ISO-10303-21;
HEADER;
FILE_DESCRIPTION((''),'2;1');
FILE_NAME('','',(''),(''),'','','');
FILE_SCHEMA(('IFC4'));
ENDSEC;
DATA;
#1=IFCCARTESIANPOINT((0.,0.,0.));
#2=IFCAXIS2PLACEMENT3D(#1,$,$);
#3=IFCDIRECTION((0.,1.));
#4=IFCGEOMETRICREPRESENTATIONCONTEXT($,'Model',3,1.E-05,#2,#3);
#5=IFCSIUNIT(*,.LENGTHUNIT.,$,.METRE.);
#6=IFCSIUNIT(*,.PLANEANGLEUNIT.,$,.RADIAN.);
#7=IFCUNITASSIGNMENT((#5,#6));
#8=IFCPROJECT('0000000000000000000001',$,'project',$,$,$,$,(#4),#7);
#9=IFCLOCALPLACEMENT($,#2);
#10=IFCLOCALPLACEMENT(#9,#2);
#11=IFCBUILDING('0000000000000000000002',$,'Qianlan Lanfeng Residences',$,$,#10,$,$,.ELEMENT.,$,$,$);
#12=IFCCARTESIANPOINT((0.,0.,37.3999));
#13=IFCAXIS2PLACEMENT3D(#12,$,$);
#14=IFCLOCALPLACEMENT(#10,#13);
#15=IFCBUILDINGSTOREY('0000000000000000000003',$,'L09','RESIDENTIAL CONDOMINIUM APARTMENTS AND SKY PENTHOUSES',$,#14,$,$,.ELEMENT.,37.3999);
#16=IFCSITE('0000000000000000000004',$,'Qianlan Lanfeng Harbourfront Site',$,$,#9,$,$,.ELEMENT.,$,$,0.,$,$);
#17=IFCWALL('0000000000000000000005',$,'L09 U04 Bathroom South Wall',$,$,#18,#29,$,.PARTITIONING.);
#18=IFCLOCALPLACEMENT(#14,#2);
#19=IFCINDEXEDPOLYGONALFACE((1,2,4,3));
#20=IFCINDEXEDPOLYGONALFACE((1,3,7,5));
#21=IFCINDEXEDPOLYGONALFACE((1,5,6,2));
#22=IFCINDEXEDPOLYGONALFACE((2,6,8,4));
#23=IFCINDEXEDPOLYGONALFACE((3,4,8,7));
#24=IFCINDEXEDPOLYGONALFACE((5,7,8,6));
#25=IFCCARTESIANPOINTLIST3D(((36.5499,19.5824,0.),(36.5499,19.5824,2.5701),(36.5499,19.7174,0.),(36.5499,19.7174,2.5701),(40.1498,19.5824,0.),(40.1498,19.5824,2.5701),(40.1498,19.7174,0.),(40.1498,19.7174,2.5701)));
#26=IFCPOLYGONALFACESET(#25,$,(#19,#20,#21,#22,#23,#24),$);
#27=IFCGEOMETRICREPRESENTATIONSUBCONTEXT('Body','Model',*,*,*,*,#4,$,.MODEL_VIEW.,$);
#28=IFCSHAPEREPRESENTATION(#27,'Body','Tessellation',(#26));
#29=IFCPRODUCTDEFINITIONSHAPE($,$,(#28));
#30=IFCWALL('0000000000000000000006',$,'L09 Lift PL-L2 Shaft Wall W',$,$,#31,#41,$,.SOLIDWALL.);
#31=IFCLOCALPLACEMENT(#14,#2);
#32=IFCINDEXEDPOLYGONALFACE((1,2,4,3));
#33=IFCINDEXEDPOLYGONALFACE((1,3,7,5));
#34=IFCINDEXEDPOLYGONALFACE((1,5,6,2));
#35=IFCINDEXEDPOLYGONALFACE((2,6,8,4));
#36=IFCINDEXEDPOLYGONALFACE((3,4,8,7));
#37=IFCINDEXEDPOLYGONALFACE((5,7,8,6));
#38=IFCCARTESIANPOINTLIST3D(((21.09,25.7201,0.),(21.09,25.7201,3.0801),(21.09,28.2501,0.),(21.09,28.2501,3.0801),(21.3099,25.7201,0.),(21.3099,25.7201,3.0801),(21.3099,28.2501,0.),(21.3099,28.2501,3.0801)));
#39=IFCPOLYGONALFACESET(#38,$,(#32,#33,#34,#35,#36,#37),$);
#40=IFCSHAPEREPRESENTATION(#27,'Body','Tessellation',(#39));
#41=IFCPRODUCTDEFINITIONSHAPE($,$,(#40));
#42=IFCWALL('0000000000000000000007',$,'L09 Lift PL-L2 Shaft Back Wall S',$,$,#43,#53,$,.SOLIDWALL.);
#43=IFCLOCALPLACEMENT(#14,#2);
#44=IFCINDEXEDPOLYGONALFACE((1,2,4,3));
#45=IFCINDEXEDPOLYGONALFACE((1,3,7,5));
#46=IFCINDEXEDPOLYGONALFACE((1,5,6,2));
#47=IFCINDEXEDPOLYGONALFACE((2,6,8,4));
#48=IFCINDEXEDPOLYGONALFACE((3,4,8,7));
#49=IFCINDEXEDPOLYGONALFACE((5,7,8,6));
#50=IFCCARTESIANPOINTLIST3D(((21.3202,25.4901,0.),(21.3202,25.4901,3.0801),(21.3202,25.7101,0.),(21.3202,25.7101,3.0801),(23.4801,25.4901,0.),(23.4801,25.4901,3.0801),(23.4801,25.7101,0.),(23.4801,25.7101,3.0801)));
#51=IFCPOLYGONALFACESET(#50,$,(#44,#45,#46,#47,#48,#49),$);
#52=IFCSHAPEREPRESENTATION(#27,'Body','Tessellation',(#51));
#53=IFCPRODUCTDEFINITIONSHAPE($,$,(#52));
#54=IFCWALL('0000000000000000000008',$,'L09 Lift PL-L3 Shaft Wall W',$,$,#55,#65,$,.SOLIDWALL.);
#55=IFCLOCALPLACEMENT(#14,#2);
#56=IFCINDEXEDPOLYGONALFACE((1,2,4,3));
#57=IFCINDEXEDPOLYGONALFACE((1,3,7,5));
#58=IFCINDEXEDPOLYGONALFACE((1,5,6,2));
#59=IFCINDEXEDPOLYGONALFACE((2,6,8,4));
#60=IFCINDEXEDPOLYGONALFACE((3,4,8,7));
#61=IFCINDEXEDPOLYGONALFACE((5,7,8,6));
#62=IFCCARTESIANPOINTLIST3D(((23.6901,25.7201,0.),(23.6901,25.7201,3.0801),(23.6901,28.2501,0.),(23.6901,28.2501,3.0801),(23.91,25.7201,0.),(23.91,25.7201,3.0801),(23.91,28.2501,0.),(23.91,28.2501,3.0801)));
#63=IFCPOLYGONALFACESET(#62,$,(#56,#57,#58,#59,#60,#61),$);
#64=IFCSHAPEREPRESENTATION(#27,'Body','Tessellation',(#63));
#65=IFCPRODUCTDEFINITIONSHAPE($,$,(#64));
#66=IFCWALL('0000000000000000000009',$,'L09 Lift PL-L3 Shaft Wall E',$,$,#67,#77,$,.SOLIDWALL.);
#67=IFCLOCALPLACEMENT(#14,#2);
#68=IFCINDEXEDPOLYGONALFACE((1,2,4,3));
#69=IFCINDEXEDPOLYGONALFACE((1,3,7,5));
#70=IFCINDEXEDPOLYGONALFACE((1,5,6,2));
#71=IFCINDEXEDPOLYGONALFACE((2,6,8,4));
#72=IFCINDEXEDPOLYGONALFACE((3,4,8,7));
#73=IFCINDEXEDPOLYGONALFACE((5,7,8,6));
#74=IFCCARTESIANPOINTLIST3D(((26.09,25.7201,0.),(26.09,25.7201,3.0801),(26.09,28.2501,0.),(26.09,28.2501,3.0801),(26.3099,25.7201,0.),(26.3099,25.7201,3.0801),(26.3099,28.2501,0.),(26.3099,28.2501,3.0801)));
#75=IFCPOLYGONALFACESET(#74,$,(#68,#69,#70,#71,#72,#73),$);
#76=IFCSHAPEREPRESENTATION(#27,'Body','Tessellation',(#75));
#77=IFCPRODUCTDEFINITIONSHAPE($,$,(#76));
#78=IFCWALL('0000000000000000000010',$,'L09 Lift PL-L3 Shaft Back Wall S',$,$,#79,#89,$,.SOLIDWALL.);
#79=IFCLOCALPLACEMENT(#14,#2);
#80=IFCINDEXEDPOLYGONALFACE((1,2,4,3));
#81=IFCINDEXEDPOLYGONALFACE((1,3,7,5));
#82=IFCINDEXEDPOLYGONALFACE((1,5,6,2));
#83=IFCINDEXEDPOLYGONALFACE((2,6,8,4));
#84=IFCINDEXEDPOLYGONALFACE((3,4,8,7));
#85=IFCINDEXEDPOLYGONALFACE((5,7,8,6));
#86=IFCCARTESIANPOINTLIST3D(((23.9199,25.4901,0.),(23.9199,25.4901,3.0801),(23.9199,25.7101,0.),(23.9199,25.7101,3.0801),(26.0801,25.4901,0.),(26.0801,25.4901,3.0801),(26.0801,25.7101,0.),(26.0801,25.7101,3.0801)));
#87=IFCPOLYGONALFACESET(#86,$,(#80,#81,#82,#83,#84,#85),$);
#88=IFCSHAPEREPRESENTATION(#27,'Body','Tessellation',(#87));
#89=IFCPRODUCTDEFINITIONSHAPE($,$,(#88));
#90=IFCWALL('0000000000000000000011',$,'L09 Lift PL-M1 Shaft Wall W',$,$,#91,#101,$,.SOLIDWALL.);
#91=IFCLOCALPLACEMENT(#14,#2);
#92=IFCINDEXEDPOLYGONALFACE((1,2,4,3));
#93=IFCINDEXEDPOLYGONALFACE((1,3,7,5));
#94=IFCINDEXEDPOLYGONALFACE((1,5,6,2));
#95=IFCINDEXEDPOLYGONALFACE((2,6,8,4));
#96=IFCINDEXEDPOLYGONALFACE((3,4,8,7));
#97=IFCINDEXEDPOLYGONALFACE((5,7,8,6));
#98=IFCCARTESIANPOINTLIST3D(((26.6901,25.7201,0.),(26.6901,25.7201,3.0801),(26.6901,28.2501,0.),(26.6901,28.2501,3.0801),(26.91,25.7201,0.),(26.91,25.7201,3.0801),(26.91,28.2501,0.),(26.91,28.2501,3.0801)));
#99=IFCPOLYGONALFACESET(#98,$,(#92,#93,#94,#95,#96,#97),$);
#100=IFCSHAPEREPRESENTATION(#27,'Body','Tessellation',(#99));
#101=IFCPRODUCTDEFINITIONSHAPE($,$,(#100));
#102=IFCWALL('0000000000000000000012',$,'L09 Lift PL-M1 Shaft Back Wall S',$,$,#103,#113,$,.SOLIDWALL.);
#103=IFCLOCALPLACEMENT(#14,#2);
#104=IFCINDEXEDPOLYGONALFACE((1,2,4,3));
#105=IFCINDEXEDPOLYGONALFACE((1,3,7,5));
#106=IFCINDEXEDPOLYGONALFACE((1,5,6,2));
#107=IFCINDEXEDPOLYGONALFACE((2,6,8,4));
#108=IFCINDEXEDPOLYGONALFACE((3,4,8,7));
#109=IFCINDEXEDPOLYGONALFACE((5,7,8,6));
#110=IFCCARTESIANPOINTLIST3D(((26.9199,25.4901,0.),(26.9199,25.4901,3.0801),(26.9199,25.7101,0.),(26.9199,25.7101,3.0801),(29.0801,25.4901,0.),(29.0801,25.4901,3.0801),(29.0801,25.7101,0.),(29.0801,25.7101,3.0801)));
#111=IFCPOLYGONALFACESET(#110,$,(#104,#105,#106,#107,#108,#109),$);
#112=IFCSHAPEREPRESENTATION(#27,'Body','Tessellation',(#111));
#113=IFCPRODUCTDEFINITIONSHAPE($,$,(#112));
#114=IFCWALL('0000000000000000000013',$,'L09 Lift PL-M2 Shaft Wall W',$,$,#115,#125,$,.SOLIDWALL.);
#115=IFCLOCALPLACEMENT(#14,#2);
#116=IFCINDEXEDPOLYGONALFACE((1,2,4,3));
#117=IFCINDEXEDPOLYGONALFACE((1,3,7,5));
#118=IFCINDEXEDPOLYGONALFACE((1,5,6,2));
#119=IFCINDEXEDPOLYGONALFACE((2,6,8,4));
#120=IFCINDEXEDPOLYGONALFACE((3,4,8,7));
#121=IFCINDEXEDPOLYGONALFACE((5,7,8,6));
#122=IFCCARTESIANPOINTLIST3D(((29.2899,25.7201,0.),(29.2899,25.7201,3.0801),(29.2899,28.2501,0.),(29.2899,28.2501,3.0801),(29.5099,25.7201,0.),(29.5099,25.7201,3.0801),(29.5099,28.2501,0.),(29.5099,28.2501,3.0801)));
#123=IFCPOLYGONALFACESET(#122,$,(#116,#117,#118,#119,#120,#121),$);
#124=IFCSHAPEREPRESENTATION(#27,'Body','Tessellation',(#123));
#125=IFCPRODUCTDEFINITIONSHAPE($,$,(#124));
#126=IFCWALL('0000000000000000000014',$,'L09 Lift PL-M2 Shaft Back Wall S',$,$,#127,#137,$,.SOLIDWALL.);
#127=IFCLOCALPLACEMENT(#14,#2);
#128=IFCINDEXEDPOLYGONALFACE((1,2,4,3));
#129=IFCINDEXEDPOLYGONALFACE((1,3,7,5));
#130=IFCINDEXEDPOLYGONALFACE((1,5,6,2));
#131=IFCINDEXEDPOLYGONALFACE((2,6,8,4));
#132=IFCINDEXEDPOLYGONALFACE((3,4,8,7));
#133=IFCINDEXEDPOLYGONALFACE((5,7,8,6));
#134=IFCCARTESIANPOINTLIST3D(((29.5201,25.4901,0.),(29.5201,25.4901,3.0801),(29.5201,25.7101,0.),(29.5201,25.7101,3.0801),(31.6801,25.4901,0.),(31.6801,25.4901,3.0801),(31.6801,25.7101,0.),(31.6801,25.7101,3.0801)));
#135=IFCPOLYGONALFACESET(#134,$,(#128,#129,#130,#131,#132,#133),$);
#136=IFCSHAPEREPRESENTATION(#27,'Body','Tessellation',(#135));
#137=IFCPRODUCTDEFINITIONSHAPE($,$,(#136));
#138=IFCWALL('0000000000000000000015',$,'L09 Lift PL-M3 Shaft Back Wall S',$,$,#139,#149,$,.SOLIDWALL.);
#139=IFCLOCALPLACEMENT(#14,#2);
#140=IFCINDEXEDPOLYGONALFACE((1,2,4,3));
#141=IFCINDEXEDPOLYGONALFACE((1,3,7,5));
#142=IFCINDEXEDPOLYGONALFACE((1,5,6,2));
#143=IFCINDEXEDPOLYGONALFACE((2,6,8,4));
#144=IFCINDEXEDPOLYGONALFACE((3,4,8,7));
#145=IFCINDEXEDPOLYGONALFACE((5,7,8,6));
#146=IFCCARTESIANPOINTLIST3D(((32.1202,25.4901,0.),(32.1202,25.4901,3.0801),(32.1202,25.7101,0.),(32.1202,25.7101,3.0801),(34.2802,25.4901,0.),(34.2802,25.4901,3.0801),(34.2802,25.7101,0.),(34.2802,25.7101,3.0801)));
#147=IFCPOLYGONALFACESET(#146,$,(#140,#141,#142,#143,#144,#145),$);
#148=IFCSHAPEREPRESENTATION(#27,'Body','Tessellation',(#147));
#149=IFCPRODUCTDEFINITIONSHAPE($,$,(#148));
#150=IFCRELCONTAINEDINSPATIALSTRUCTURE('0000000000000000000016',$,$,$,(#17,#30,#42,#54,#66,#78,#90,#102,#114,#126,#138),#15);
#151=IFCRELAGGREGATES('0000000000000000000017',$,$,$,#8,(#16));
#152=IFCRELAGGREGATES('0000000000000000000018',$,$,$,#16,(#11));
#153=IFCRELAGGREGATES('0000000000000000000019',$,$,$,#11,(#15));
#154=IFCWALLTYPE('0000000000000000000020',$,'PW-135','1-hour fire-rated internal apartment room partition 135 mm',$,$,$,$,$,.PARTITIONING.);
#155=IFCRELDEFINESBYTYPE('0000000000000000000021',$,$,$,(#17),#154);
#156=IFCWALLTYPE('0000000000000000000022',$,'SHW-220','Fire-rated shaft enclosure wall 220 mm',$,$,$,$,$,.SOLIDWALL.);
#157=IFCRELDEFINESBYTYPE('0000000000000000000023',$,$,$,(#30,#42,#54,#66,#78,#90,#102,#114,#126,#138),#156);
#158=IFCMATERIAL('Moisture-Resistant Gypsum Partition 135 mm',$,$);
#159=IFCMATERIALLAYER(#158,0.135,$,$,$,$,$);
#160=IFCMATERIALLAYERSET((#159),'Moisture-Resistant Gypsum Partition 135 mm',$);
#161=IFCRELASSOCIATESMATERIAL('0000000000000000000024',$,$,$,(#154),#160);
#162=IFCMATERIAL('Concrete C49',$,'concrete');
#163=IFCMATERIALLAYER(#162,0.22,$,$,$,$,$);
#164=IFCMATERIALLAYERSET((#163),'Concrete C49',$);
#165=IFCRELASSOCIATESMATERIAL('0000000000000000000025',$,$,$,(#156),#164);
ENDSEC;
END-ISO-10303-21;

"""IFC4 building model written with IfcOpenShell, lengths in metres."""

from ifc_helpers import new_model, si_unit, direction, frame, frame_2d, origin, place, context, subcontext, project, spatial, rectangle, extrude, material, layer, layer_set, type_object, element, save


model = new_model("IFC4")

# Units and contexts
model_context = context("Model", 3, precision=1e-05, world=origin(), true_north=direction((0.0, 1.0)))
body_context = subcontext(model_context, "Body", "Model", "MODEL_VIEW")
ifc_project = project(units=[si_unit("LENGTHUNIT", "METRE"), si_unit("PLANEANGLEUNIT", "RADIAN")], contexts=[model_context])

# Site, building, storey
site_placement = place(None, origin())
site = spatial("IfcSite", under=ifc_project, at=site_placement, Name="Qianlan Lanfeng Harbourfront Site", CompositionType="ELEMENT", RefElevation=0.0)
building_placement = place(site_placement, origin())
building = spatial("IfcBuilding", under=site, at=building_placement, Name="Qianlan Lanfeng Residences", CompositionType="ELEMENT")
storey_placement = place(building_placement, frame((0.0, 0.0, 37.3999)))
storey = spatial("IfcBuildingStorey", under=building, at=storey_placement, Name="L09", Description="RESIDENTIAL CONDOMINIUM APARTMENTS AND SKY PENTHOUSES", CompositionType="ELEMENT", Elevation=37.3999)

# Wall
ifc_material_1 = material(Name="Moisture-Resistant Gypsum Partition 135 mm")
ifc_layer_1 = layer(ifc_material_1, 0.135)
ifc_layer_set_1 = layer_set([ifc_layer_1], Name="Moisture-Resistant Gypsum Partition 135 mm")
wall_type_1 = type_object("IfcWallType", Name="PW-135", Description="1-hour fire-rated internal apartment room partition 135 mm", PredefinedType="PARTITIONING", material=ifc_layer_set_1)
for number, where, z_axis, x_axis, name in (
    (1, (36.55, 19.6499, 0.0), (0.0, 0.0, 1.0), (1.0, 0.0, 0.0), "L09 U04 Bathroom South Wall"),
):
    element("IfcWall", number, at=place(storey_placement, frame(where, z_axis=z_axis, x_axis=x_axis)), inside=storey, type_object=wall_type_1, Name=name, PredefinedType="PARTITIONING", context=body_context, shape_type="SweptSolid", body=[
        extrude(rectangle(XDim=3.5999, YDim=0.135, at=frame_2d((1.7998, 0.0))), origin(), (0.0, 0.0, 1.0), 2.5701),
    ])

# Walls
ifc_material_2 = material(Name="Concrete C49", Category="concrete")
ifc_layer_2 = layer(ifc_material_2, 0.22)
ifc_layer_set_2 = layer_set([ifc_layer_2], Name="Concrete C49")
wall_type_2 = type_object("IfcWallType", Name="SHW-220", Description="Fire-rated shaft enclosure wall 220 mm", PredefinedType="SOLIDWALL", material=ifc_layer_set_2)
wall_1_placement = place(storey_placement, frame((21.2, 25.72, 0.0), z_axis=(0.0, 0.0, 1.0), x_axis=(0.0, 1.0, 0.0)))
element("IfcWall", 2, at=wall_1_placement, inside=storey, type_object=wall_type_2, Name="L09 Lift PL-L2 Shaft Wall W", PredefinedType="SOLIDWALL", context=body_context, shape_type="SweptSolid", body=[
    extrude(rectangle(XDim=2.53, YDim=0.22, at=frame_2d((1.2651, 0.0))), origin(), (0.0, 0.0, 1.0), 3.0801),
])
wall_2_placement = place(storey_placement, frame((21.3201, 25.6001, 0.0), z_axis=(0.0, 0.0, 1.0), x_axis=(1.0, 0.0, 0.0)))
element("IfcWall", 3, at=wall_2_placement, inside=storey, type_object=wall_type_2, Name="L09 Lift PL-L2 Shaft Back Wall S", PredefinedType="SOLIDWALL", context=body_context, shape_type="SweptSolid", body=[
    extrude(rectangle(XDim=2.1599, YDim=0.22, at=frame_2d((1.0801, 0.0))), origin(), (0.0, 0.0, 1.0), 3.0801),
])
for number, where, z_axis, x_axis, name in (
    (4, (23.8, 25.72, 0.0), (0.0, 0.0, 1.0), (0.0, 1.0, 0.0), "L09 Lift PL-L3 Shaft Wall W"),
    (5, (26.2, 25.72, 0.0), (0.0, 0.0, 1.0), (0.0, 1.0, 0.0), "L09 Lift PL-L3 Shaft Wall E"),
):
    element("IfcWall", number, at=place(storey_placement, frame(where, z_axis=z_axis, x_axis=x_axis)), inside=storey, type_object=wall_type_2, Name=name, PredefinedType="SOLIDWALL", context=body_context, shape_type="SweptSolid", body=[
        extrude(rectangle(XDim=2.53, YDim=0.22, at=frame_2d((1.2651, 0.0))), origin(), (0.0, 0.0, 1.0), 3.0801),
    ])
wall_3_placement = place(storey_placement, frame((23.9199, 25.6001, 0.0), z_axis=(0.0, 0.0, 1.0), x_axis=(1.0, 0.0, 0.0)))
element("IfcWall", 6, at=wall_3_placement, inside=storey, type_object=wall_type_2, Name="L09 Lift PL-L3 Shaft Back Wall S", PredefinedType="SOLIDWALL", context=body_context, shape_type="SweptSolid", body=[
    extrude(rectangle(XDim=2.1602, YDim=0.22, at=frame_2d((1.0801, 0.0))), origin(), (0.0, 0.0, 1.0), 3.0801),
])
wall_4_placement = place(storey_placement, frame((26.8, 25.72, 0.0), z_axis=(0.0, 0.0, 1.0), x_axis=(0.0, 1.0, 0.0)))
element("IfcWall", 7, at=wall_4_placement, inside=storey, type_object=wall_type_2, Name="L09 Lift PL-M1 Shaft Wall W", PredefinedType="SOLIDWALL", context=body_context, shape_type="SweptSolid", body=[
    extrude(rectangle(XDim=2.53, YDim=0.22, at=frame_2d((1.2651, 0.0))), origin(), (0.0, 0.0, 1.0), 3.0801),
])
wall_5_placement = place(storey_placement, frame((26.9199, 25.6001, 0.0), z_axis=(0.0, 0.0, 1.0), x_axis=(1.0, 0.0, 0.0)))
element("IfcWall", 8, at=wall_5_placement, inside=storey, type_object=wall_type_2, Name="L09 Lift PL-M1 Shaft Back Wall S", PredefinedType="SOLIDWALL", context=body_context, shape_type="SweptSolid", body=[
    extrude(rectangle(XDim=2.1602, YDim=0.22, at=frame_2d((1.0801, 0.0))), origin(), (0.0, 0.0, 1.0), 3.0801),
])
wall_6_placement = place(storey_placement, frame((29.3999, 25.72, 0.0), z_axis=(0.0, 0.0, 1.0), x_axis=(0.0, 1.0, 0.0)))
element("IfcWall", 9, at=wall_6_placement, inside=storey, type_object=wall_type_2, Name="L09 Lift PL-M2 Shaft Wall W", PredefinedType="SOLIDWALL", context=body_context, shape_type="SweptSolid", body=[
    extrude(rectangle(XDim=2.53, YDim=0.22, at=frame_2d((1.2651, 0.0))), origin(), (0.0, 0.0, 1.0), 3.0801),
])
for number, where, z_axis, x_axis, name in (
    (10, (29.52, 25.6001, 0.0), (0.0, 0.0, 1.0), (1.0, 0.0, 0.0), "L09 Lift PL-M2 Shaft Back Wall S"),
    (11, (32.1201, 25.6001, 0.0), (0.0, 0.0, 1.0), (1.0, 0.0, 0.0), "L09 Lift PL-M3 Shaft Back Wall S"),
):
    element("IfcWall", number, at=place(storey_placement, frame(where, z_axis=z_axis, x_axis=x_axis)), inside=storey, type_object=wall_type_2, Name=name, PredefinedType="SOLIDWALL", context=body_context, shape_type="SweptSolid", body=[
        extrude(rectangle(XDim=2.1599, YDim=0.22, at=frame_2d((1.0801, 0.0))), origin(), (0.0, 0.0, 1.0), 3.0801),
    ])

save(model, "model.ifc")
